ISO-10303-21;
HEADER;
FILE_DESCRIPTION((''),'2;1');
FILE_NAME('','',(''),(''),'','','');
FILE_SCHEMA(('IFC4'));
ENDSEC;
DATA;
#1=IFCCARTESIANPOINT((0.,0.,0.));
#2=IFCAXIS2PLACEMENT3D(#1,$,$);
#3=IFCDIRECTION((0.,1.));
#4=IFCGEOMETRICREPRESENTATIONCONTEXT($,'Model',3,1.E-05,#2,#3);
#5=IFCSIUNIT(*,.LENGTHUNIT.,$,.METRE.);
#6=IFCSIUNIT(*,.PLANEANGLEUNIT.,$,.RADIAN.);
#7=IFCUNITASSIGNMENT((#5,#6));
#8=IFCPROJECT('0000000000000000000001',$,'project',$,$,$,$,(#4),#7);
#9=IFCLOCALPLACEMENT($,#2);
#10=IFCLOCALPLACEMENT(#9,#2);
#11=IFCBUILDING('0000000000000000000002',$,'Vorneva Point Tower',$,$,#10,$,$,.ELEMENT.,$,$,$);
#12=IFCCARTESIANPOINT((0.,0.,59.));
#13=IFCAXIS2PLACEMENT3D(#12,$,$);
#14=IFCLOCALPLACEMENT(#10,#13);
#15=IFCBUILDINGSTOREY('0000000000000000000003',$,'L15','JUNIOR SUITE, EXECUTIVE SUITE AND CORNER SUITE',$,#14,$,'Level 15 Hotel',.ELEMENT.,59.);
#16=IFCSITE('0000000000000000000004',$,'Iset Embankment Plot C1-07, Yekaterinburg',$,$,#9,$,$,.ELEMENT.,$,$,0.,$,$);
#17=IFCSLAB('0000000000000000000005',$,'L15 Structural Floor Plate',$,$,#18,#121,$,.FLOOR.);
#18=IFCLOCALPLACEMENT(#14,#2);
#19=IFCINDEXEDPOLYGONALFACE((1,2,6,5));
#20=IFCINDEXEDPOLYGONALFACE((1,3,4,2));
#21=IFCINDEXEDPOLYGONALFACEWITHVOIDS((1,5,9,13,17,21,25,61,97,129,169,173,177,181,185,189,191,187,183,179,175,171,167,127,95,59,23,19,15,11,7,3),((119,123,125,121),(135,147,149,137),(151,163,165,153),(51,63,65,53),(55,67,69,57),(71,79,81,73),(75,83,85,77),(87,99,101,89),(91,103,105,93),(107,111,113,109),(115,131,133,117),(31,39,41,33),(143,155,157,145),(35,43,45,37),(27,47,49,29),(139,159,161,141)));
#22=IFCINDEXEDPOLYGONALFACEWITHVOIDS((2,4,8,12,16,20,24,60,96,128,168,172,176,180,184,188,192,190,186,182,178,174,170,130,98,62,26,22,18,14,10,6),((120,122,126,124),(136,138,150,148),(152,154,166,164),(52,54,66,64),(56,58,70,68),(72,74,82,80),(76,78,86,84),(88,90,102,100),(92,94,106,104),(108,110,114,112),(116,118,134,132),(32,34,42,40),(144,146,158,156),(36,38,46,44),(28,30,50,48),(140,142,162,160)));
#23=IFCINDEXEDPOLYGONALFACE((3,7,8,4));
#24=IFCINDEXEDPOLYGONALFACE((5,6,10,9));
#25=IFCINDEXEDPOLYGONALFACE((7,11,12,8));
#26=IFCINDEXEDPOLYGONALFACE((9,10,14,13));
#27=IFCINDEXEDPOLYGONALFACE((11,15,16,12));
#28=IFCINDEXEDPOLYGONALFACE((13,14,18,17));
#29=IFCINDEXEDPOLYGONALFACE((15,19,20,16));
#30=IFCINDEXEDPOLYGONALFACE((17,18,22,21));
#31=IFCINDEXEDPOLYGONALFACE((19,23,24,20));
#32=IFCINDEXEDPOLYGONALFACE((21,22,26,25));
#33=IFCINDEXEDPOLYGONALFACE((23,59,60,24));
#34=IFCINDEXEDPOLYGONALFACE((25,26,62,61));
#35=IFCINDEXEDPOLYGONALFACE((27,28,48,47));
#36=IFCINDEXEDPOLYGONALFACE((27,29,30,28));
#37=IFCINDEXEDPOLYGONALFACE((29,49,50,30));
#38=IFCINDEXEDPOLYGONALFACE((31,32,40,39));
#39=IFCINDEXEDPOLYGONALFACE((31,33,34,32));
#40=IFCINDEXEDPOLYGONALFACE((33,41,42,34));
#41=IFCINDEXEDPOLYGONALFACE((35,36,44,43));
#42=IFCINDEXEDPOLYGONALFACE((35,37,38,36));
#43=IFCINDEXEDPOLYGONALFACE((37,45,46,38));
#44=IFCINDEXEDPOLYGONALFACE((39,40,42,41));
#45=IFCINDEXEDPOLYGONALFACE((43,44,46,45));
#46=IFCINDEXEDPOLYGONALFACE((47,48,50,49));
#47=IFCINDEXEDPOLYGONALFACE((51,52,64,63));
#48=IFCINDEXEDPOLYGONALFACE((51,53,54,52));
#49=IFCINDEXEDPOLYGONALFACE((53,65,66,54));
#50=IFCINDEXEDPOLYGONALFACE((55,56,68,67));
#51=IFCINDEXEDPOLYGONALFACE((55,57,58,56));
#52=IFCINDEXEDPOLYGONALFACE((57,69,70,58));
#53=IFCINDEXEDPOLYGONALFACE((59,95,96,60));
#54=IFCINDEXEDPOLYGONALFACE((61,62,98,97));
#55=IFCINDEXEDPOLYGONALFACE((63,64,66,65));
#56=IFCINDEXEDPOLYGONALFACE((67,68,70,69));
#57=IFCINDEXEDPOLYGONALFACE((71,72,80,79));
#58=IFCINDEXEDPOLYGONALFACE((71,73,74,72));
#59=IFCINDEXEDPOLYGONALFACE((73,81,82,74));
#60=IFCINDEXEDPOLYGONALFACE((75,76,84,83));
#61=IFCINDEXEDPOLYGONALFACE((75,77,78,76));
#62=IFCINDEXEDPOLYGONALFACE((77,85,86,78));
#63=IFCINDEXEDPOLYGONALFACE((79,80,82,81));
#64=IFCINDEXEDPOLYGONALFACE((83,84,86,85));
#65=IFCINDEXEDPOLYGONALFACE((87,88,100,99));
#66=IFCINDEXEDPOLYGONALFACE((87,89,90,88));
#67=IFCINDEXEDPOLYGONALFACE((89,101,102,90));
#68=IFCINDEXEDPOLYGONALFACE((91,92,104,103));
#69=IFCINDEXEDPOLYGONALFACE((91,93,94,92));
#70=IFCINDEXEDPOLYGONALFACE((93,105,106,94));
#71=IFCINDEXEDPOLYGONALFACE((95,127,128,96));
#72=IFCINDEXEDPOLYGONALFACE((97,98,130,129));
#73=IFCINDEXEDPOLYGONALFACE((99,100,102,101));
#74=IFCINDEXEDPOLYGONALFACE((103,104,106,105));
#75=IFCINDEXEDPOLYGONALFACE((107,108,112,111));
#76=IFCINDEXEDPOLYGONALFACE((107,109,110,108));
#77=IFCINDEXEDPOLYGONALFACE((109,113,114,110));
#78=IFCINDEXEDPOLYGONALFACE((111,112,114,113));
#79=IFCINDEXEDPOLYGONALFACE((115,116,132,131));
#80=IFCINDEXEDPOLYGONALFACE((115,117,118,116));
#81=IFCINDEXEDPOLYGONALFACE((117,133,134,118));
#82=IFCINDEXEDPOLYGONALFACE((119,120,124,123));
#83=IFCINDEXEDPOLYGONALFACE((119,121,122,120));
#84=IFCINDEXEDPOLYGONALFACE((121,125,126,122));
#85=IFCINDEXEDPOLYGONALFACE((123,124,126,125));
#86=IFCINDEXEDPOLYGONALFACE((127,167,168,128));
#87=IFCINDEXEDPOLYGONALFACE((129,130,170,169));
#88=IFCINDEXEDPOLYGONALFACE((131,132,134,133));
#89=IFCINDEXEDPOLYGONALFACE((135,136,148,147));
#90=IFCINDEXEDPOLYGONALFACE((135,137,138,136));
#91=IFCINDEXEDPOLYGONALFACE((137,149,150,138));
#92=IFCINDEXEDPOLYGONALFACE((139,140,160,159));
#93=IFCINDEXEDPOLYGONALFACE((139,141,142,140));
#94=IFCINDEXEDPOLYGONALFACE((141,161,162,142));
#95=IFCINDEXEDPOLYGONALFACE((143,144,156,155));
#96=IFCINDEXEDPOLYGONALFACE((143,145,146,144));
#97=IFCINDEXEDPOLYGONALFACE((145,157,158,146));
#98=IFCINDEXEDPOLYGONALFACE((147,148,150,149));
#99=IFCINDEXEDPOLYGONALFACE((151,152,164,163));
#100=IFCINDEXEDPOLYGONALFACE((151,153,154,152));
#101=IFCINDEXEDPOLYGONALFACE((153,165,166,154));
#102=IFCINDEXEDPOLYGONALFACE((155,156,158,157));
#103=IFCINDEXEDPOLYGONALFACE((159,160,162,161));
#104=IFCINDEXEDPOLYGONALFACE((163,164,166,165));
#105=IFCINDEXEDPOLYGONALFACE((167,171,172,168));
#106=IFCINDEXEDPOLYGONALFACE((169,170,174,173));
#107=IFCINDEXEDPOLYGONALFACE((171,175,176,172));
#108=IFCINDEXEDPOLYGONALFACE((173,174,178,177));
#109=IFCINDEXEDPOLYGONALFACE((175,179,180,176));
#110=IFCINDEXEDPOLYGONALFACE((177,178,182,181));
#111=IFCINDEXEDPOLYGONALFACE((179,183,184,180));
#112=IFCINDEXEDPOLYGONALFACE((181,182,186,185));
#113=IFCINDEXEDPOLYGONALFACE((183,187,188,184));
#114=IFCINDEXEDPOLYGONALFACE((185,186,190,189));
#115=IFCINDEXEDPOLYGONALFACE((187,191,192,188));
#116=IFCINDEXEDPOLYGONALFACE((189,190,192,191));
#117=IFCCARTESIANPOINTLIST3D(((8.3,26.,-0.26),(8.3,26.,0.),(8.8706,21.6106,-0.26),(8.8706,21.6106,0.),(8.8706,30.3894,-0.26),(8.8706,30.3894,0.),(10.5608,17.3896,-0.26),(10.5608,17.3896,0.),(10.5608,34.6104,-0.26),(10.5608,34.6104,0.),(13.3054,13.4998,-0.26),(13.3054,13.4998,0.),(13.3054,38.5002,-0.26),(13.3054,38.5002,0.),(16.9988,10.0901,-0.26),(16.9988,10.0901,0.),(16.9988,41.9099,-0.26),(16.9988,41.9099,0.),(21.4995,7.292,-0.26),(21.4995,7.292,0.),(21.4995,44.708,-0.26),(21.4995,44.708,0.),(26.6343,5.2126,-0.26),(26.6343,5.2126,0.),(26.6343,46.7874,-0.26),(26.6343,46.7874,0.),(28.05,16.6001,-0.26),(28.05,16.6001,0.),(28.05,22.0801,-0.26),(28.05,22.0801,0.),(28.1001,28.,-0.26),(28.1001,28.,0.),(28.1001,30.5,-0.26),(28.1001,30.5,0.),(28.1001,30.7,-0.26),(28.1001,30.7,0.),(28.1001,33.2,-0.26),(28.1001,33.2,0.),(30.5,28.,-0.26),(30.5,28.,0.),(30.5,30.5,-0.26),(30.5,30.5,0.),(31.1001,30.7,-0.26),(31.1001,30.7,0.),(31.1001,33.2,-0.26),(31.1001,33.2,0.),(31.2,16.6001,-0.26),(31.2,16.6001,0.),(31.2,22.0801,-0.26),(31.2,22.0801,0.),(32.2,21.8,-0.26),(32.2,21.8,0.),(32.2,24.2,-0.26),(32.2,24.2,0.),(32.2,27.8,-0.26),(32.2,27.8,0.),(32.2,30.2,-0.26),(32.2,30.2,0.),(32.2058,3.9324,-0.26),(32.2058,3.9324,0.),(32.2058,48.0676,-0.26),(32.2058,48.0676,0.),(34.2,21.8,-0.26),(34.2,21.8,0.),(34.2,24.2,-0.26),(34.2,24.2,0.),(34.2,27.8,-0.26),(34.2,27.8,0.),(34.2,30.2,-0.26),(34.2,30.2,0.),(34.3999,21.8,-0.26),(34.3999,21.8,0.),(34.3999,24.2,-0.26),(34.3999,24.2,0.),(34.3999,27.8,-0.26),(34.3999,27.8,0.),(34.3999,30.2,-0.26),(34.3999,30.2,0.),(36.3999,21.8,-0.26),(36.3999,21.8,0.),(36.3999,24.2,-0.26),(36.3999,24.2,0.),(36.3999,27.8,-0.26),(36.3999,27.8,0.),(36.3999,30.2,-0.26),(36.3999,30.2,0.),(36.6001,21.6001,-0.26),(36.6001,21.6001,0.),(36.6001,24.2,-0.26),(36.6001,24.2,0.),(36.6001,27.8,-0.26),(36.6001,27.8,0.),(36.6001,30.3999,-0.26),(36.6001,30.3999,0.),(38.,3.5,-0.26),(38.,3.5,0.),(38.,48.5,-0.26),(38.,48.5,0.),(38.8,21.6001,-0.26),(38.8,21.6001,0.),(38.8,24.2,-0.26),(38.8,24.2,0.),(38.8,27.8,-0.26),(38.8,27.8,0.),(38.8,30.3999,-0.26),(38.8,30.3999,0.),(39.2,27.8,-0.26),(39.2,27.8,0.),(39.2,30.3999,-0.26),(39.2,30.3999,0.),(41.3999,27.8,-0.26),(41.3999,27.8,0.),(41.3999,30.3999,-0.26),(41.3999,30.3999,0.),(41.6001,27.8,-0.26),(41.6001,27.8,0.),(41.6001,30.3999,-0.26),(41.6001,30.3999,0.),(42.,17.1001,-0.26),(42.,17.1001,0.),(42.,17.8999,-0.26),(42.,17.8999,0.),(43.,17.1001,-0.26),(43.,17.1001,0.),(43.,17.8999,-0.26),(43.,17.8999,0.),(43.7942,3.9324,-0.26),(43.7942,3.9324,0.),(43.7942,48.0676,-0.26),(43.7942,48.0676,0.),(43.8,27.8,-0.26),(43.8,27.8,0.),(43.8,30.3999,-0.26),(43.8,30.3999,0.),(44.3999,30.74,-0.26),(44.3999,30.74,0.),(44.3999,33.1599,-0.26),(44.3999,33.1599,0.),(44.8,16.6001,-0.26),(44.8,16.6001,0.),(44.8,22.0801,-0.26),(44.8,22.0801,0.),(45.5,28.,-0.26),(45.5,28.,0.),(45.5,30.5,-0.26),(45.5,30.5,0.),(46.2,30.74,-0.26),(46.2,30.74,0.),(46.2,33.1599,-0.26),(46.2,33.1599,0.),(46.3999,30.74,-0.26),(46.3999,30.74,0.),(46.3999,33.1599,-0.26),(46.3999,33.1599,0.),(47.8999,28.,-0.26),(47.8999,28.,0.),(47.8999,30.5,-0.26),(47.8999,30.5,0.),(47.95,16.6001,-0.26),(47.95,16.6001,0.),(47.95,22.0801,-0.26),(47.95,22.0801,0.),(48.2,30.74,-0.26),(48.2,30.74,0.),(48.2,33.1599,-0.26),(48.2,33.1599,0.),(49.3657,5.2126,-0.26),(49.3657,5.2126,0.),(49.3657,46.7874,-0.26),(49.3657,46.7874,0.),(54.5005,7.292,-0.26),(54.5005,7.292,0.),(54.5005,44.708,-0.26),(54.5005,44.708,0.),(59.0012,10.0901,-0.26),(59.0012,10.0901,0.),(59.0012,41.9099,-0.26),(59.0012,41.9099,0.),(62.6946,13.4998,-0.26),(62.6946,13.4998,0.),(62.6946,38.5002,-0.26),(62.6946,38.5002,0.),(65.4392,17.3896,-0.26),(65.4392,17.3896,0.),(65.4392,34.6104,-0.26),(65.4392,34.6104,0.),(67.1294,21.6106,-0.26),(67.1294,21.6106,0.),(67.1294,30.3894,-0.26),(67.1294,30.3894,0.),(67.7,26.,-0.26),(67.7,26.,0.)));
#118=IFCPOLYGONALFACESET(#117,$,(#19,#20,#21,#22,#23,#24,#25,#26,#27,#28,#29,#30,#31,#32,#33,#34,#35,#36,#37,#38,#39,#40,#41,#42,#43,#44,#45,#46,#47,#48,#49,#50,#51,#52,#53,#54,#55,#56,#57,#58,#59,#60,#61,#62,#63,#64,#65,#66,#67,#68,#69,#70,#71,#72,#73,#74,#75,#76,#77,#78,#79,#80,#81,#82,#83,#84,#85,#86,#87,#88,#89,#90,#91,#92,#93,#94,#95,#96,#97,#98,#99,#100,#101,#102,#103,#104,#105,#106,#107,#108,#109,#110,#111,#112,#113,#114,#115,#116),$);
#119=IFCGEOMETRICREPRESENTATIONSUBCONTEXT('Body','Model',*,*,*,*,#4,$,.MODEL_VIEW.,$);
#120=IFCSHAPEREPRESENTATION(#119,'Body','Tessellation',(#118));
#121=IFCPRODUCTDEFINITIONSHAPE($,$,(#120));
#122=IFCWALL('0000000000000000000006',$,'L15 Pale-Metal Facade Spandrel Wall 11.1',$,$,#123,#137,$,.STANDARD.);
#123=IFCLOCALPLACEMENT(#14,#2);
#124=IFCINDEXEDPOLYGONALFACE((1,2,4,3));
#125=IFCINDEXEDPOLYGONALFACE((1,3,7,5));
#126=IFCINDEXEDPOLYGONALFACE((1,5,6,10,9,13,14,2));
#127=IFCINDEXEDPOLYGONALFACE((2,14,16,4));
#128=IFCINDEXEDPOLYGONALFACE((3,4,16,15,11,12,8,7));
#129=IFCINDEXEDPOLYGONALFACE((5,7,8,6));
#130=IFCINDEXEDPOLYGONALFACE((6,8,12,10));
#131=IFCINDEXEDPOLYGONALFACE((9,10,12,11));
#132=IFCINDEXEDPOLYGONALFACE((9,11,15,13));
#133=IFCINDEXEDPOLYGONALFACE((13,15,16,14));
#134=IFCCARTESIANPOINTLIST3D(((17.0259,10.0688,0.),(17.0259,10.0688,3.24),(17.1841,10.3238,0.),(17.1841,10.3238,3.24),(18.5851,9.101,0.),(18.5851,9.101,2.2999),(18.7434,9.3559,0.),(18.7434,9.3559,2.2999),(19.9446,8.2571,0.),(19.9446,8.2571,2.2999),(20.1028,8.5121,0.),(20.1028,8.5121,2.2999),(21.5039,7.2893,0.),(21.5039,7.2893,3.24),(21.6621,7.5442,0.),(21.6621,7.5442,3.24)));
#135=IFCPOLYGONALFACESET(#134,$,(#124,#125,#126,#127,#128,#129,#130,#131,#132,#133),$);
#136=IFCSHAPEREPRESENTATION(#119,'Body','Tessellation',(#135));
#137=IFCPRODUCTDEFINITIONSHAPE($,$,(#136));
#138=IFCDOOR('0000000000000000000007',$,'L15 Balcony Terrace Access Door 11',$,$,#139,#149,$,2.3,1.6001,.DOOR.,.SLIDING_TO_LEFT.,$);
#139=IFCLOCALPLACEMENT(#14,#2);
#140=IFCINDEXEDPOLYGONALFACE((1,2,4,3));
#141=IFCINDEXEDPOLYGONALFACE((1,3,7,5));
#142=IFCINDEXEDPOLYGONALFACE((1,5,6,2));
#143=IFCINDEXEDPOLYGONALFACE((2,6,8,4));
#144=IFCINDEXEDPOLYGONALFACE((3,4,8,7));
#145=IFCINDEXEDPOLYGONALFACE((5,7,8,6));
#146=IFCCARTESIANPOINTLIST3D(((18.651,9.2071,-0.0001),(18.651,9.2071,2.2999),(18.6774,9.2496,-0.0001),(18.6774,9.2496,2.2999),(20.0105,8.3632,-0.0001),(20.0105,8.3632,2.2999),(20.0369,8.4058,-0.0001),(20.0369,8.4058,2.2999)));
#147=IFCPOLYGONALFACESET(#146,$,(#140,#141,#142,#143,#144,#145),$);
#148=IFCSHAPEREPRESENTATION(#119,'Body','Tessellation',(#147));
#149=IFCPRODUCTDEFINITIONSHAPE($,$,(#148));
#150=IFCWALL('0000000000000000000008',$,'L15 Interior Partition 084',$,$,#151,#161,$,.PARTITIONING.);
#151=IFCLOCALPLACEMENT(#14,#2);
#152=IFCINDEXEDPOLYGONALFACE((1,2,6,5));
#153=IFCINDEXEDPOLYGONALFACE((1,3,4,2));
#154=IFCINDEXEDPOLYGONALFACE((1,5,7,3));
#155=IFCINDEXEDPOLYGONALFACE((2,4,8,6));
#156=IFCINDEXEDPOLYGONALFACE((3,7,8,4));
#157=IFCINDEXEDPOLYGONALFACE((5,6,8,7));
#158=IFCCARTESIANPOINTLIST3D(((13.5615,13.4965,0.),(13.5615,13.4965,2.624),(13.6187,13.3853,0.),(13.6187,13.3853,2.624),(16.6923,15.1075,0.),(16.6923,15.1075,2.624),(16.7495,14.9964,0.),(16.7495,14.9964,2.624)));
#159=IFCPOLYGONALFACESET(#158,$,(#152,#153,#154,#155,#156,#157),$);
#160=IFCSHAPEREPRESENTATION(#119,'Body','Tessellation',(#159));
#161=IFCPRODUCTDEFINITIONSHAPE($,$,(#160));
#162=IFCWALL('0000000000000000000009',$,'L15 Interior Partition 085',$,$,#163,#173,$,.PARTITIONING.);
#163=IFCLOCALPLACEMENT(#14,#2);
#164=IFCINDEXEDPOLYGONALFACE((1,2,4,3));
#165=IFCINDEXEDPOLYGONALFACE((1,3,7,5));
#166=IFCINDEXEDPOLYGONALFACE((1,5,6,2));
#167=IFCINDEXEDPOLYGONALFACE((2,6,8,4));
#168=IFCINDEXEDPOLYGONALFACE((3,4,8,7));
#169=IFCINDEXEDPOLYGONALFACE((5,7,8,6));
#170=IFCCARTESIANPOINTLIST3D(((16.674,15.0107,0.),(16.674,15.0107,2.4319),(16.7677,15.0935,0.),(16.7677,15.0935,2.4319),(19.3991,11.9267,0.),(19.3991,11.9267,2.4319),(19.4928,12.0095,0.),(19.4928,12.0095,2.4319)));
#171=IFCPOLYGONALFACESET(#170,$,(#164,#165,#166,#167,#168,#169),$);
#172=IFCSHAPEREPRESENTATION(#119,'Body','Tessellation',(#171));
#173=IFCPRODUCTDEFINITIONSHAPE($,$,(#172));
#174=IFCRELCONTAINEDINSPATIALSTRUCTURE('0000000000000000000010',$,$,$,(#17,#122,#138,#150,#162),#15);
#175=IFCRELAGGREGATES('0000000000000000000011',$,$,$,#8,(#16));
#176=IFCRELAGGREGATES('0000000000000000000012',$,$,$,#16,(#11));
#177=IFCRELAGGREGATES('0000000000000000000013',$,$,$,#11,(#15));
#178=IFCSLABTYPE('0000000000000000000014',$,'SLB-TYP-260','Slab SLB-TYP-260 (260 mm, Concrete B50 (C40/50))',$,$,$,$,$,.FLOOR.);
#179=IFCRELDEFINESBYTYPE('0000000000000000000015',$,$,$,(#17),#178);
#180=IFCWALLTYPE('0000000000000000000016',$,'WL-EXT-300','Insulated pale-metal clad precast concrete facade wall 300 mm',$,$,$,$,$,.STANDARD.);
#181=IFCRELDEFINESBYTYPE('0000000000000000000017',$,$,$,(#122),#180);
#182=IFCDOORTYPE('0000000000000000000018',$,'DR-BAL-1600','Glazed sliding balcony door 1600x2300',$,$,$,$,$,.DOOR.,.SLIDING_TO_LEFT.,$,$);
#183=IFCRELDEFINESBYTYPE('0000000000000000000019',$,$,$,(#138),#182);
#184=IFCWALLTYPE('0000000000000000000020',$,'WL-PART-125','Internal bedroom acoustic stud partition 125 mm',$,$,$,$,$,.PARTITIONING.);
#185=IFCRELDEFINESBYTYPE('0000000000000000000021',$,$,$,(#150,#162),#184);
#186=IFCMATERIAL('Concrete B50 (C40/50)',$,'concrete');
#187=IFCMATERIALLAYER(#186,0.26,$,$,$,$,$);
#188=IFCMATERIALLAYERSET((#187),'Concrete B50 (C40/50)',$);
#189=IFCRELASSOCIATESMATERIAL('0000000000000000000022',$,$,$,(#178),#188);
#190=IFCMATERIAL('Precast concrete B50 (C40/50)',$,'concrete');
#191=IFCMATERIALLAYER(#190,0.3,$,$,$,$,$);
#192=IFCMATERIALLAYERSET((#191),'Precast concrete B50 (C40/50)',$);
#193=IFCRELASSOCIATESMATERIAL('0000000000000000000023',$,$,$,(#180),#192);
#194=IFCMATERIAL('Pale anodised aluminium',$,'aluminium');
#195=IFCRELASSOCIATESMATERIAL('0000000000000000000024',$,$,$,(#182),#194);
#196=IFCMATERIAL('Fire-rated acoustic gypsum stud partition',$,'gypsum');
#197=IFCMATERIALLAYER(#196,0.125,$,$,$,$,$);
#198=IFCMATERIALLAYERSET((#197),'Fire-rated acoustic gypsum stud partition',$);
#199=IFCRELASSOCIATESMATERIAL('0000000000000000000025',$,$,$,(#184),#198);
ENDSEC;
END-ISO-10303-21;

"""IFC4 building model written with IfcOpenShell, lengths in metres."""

from ifc_helpers import new_model, si_unit, direction, frame, frame_2d, origin, place, context, subcontext, project, spatial, polyline, rectangle, outline, extrude, material, layer, layer_set, type_object, element, fill, save


model = new_model("IFC4")

# Units and contexts
model_context = context("Model", 3, precision=1e-05, world=origin(), true_north=direction((0.0, 1.0)))
body_context = subcontext(model_context, "Body", "Model", "MODEL_VIEW")
ifc_project = project(units=[si_unit("LENGTHUNIT", "METRE"), si_unit("PLANEANGLEUNIT", "RADIAN")], contexts=[model_context])

# Site, building, storey
site_placement = place(None, origin())
site = spatial("IfcSite", under=ifc_project, at=site_placement, Name="Iset Embankment Plot C1-07, Yekaterinburg", CompositionType="ELEMENT", RefElevation=0.0)
building_placement = place(site_placement, origin())
building = spatial("IfcBuilding", under=site, at=building_placement, Name="Vorneva Point Tower", CompositionType="ELEMENT")
storey_placement = place(building_placement, frame((0.0, 0.0, 59.0)))
storey = spatial("IfcBuildingStorey", under=building, at=storey_placement, Name="L15", Description="JUNIOR SUITE, EXECUTIVE SUITE AND CORNER SUITE", LongName="Level 15 Hotel", CompositionType="ELEMENT", Elevation=59.0)

# Shared definitions
ifc_material_1 = material(Name="Pale anodised aluminium", Category="aluminium")

# Shared definitions
ifc_material_2 = material(Name="Concrete B50 (C40/50)", Category="concrete")

# Slab
ifc_layer_1 = layer(ifc_material_2, 0.26)
ifc_layer_set_1 = layer_set([ifc_layer_1], Name="Concrete B50 (C40/50)")
slab_type_1 = type_object("IfcSlabType", Name="SLB-TYP-260", Description="Slab SLB-TYP-260 (260 mm, Concrete B50 (C40/50))", PredefinedType="FLOOR", material=ifc_layer_set_1)
slab_1_placement = place(storey_placement, frame((0.0, 0.0, -0.26)))
element("IfcSlab", 1, at=slab_1_placement, inside=storey, type_object=slab_type_1, Name="L15 Structural Floor Plate", PredefinedType="FLOOR", context=body_context, shape_type="SweptSolid", body=[
    extrude(outline(polyline([(67.7, 26.0), (67.1294, 30.3894), (65.4392, 34.6104), (62.6946, 38.5002), (59.0012, 41.9099), (54.5005, 44.708), (49.3657, 46.7874), (43.7942, 48.0676), (38.0, 48.5), (32.2058, 48.0676), (26.6343, 46.7874), (21.4995, 44.708), (16.9988, 41.9099), (13.3054, 38.5002), (10.5608, 34.6104), (8.8706, 30.3894), (8.3, 26.0), (8.8706, 21.6106), (10.5608, 17.3896), (13.3054, 13.4998), (16.9988, 10.0901), (21.4995, 7.292), (26.6343, 5.2126), (32.2058, 3.9324), (38.0, 3.5), (43.7942, 3.9324), (49.3657, 5.2126), (54.5005, 7.292), (59.0012, 10.0901), (62.6946, 13.4998), (65.4392, 17.3896), (67.1294, 21.6106), (67.7, 26.0)]), holes=[polyline([(32.2, 27.8), (34.2, 27.8), (34.2, 30.2), (32.2, 30.2), (32.2, 27.8)]), polyline([(34.3999, 27.8), (36.3999, 27.8), (36.3999, 30.2), (34.3999, 30.2), (34.3999, 27.8)]), polyline([(36.6001, 27.8), (38.8, 27.8), (38.8, 30.3999), (36.6001, 30.3999), (36.6001, 27.8)]), polyline([(32.2, 21.8), (34.2, 21.8), (34.2, 24.2), (32.2, 24.2), (32.2, 21.8)]), polyline([(34.3999, 21.8), (36.3999, 21.8), (36.3999, 24.2), (34.3999, 24.2), (34.3999, 21.8)]), polyline([(36.6001, 21.6001), (38.8, 21.6001), (38.8, 24.2), (36.6001, 24.2), (36.6001, 21.6001)]), polyline([(39.2, 27.8), (41.3999, 27.8), (41.3999, 30.3999), (39.2, 30.3999), (39.2, 27.8)]), polyline([(41.6001, 27.8), (43.8, 27.8), (43.8, 30.3999), (41.6001, 30.3999), (41.6001, 27.8)]), polyline([(44.3999, 30.74), (46.2, 30.74), (46.2, 33.1599), (44.3999, 33.1599), (44.3999, 30.74)]), polyline([(46.3999, 30.74), (48.2, 30.74), (48.2, 33.1599), (46.3999, 33.1599), (46.3999, 30.74)]), polyline([(28.1001, 28.0), (30.5, 28.0), (30.5, 30.5), (28.1001, 30.5), (28.1001, 28.0)]), polyline([(45.5, 28.0), (47.8999, 28.0), (47.8999, 30.5), (45.5, 30.5), (45.5, 28.0)]), polyline([(28.1001, 30.7), (31.1001, 30.7), (31.1001, 33.2), (28.1001, 33.2), (28.1001, 30.7)]), polyline([(28.05, 16.6001), (31.2, 16.6001), (31.2, 22.0801), (28.05, 22.0801), (28.05, 16.6001)]), polyline([(44.8, 16.6001), (47.95, 16.6001), (47.95, 22.0801), (44.8, 22.0801), (44.8, 16.6001)]), polyline([(42.0, 17.1001), (43.0, 17.1001), (43.0, 17.8999), (42.0, 17.8999), (42.0, 17.1001)])]), origin(), (0.0, 0.0, 1.0), 0.26),
])

# Wall, opening, door
ifc_material_3 = material(Name="Precast concrete B50 (C40/50)", Category="concrete")
ifc_layer_2 = layer(ifc_material_3, 0.3)
ifc_layer_set_2 = layer_set([ifc_layer_2], Name="Precast concrete B50 (C40/50)")
wall_type_1 = type_object("IfcWallType", Name="WL-EXT-300", Description="Insulated pale-metal clad precast concrete facade wall 300 mm", PredefinedType="STANDARD", material=ifc_layer_set_2)
wall_1_placement = place(storey_placement, frame((17.105, 10.1963, 0.0), z_axis=(0.0, 0.0, 1.0), x_axis=(0.849634, -0.527373, 0.0)))
wall_1 = element("IfcWall", 2, at=wall_1_placement, inside=storey, type_object=wall_type_1, Name="L15 Pale-Metal Facade Spandrel Wall 11.1", PredefinedType="STANDARD", context=body_context, shape_type="SweptSolid", body=[
    extrude(rectangle(XDim=5.2705, YDim=0.3, at=frame_2d((2.6353, 0.0))), origin(), (0.0, 0.0, 1.0), 3.24),
])
opening_placement = place(wall_1_placement, frame((1.8352, 0.0, 0.0)))
opening = element("IfcOpeningElement", 3, at=opening_placement, cuts=wall_1, PredefinedType="OPENING", context=body_context, shape_type="SweptSolid", body=[
    extrude(rectangle(XDim=1.6001, YDim=2.3, at=frame_2d((0.8, 1.1499))), frame((0.0, 0.165, 0.0), z_axis=(0.0, -1.0, 0.0), x_axis=(1.0, 0.0, 0.0)), (0.0, 0.0, 1.0), 0.3298),
])
door_type = type_object("IfcDoorType", Name="DR-BAL-1600", Description="Glazed sliding balcony door 1600x2300", OperationType="SLIDING_TO_LEFT", PredefinedType="DOOR", material=ifc_material_1)
door_placement = place(opening_placement, origin())
door = element("IfcDoor", 4, at=door_placement, inside=storey, type_object=door_type, Name="L15 Balcony Terrace Access Door 11", OperationType="SLIDING_TO_LEFT", OverallHeight=2.3, OverallWidth=1.6001, PredefinedType="DOOR", context=body_context, shape_type="SweptSolid", body=[
    extrude(rectangle(XDim=1.6001, YDim=2.3, at=frame_2d((0.8, 1.1499))), frame((0.0, 0.0249, 0.0), z_axis=(0.0, -1.0, 0.0), x_axis=(1.0, 0.0, 0.0)), (0.0, 0.0, 1.0), 0.05),
])
fill(opening, door)

# Walls
ifc_material_4 = material(Name="Fire-rated acoustic gypsum stud partition", Category="gypsum")
ifc_layer_3 = layer(ifc_material_4, 0.125)
ifc_layer_set_3 = layer_set([ifc_layer_3], Name="Fire-rated acoustic gypsum stud partition")
wall_type_2 = type_object("IfcWallType", Name="WL-PART-125", Description="Internal bedroom acoustic stud partition 125 mm", PredefinedType="PARTITIONING", material=ifc_layer_set_3)
wall_2_placement = place(storey_placement, frame((13.5901, 13.4409, 0.0), z_axis=(0.0, 0.0, 1.0), x_axis=(0.889181, 0.457556, 0.0)))
element("IfcWall", 5, at=wall_2_placement, inside=storey, type_object=wall_type_2, Name="L15 Interior Partition 084", PredefinedType="PARTITIONING", context=body_context, shape_type="SweptSolid", body=[
    extrude(rectangle(XDim=3.521, YDim=0.125, at=frame_2d((1.7605, 0.0))), origin(), (0.0, 0.0, 1.0), 2.624),
])
wall_3_placement = place(storey_placement, frame((16.7209, 15.052, 0.0), z_axis=(0.0, 0.0, 1.0), x_axis=(0.662159, -0.749363, 0.0)))
element("IfcWall", 6, at=wall_3_placement, inside=storey, type_object=wall_type_2, Name="L15 Interior Partition 085", PredefinedType="PARTITIONING", context=body_context, shape_type="SweptSolid", body=[
    extrude(rectangle(XDim=4.1155, YDim=0.125, at=frame_2d((2.0576, 0.0))), origin(), (0.0, 0.0, 1.0), 2.4319),
])

save(model, "model.ifc")
